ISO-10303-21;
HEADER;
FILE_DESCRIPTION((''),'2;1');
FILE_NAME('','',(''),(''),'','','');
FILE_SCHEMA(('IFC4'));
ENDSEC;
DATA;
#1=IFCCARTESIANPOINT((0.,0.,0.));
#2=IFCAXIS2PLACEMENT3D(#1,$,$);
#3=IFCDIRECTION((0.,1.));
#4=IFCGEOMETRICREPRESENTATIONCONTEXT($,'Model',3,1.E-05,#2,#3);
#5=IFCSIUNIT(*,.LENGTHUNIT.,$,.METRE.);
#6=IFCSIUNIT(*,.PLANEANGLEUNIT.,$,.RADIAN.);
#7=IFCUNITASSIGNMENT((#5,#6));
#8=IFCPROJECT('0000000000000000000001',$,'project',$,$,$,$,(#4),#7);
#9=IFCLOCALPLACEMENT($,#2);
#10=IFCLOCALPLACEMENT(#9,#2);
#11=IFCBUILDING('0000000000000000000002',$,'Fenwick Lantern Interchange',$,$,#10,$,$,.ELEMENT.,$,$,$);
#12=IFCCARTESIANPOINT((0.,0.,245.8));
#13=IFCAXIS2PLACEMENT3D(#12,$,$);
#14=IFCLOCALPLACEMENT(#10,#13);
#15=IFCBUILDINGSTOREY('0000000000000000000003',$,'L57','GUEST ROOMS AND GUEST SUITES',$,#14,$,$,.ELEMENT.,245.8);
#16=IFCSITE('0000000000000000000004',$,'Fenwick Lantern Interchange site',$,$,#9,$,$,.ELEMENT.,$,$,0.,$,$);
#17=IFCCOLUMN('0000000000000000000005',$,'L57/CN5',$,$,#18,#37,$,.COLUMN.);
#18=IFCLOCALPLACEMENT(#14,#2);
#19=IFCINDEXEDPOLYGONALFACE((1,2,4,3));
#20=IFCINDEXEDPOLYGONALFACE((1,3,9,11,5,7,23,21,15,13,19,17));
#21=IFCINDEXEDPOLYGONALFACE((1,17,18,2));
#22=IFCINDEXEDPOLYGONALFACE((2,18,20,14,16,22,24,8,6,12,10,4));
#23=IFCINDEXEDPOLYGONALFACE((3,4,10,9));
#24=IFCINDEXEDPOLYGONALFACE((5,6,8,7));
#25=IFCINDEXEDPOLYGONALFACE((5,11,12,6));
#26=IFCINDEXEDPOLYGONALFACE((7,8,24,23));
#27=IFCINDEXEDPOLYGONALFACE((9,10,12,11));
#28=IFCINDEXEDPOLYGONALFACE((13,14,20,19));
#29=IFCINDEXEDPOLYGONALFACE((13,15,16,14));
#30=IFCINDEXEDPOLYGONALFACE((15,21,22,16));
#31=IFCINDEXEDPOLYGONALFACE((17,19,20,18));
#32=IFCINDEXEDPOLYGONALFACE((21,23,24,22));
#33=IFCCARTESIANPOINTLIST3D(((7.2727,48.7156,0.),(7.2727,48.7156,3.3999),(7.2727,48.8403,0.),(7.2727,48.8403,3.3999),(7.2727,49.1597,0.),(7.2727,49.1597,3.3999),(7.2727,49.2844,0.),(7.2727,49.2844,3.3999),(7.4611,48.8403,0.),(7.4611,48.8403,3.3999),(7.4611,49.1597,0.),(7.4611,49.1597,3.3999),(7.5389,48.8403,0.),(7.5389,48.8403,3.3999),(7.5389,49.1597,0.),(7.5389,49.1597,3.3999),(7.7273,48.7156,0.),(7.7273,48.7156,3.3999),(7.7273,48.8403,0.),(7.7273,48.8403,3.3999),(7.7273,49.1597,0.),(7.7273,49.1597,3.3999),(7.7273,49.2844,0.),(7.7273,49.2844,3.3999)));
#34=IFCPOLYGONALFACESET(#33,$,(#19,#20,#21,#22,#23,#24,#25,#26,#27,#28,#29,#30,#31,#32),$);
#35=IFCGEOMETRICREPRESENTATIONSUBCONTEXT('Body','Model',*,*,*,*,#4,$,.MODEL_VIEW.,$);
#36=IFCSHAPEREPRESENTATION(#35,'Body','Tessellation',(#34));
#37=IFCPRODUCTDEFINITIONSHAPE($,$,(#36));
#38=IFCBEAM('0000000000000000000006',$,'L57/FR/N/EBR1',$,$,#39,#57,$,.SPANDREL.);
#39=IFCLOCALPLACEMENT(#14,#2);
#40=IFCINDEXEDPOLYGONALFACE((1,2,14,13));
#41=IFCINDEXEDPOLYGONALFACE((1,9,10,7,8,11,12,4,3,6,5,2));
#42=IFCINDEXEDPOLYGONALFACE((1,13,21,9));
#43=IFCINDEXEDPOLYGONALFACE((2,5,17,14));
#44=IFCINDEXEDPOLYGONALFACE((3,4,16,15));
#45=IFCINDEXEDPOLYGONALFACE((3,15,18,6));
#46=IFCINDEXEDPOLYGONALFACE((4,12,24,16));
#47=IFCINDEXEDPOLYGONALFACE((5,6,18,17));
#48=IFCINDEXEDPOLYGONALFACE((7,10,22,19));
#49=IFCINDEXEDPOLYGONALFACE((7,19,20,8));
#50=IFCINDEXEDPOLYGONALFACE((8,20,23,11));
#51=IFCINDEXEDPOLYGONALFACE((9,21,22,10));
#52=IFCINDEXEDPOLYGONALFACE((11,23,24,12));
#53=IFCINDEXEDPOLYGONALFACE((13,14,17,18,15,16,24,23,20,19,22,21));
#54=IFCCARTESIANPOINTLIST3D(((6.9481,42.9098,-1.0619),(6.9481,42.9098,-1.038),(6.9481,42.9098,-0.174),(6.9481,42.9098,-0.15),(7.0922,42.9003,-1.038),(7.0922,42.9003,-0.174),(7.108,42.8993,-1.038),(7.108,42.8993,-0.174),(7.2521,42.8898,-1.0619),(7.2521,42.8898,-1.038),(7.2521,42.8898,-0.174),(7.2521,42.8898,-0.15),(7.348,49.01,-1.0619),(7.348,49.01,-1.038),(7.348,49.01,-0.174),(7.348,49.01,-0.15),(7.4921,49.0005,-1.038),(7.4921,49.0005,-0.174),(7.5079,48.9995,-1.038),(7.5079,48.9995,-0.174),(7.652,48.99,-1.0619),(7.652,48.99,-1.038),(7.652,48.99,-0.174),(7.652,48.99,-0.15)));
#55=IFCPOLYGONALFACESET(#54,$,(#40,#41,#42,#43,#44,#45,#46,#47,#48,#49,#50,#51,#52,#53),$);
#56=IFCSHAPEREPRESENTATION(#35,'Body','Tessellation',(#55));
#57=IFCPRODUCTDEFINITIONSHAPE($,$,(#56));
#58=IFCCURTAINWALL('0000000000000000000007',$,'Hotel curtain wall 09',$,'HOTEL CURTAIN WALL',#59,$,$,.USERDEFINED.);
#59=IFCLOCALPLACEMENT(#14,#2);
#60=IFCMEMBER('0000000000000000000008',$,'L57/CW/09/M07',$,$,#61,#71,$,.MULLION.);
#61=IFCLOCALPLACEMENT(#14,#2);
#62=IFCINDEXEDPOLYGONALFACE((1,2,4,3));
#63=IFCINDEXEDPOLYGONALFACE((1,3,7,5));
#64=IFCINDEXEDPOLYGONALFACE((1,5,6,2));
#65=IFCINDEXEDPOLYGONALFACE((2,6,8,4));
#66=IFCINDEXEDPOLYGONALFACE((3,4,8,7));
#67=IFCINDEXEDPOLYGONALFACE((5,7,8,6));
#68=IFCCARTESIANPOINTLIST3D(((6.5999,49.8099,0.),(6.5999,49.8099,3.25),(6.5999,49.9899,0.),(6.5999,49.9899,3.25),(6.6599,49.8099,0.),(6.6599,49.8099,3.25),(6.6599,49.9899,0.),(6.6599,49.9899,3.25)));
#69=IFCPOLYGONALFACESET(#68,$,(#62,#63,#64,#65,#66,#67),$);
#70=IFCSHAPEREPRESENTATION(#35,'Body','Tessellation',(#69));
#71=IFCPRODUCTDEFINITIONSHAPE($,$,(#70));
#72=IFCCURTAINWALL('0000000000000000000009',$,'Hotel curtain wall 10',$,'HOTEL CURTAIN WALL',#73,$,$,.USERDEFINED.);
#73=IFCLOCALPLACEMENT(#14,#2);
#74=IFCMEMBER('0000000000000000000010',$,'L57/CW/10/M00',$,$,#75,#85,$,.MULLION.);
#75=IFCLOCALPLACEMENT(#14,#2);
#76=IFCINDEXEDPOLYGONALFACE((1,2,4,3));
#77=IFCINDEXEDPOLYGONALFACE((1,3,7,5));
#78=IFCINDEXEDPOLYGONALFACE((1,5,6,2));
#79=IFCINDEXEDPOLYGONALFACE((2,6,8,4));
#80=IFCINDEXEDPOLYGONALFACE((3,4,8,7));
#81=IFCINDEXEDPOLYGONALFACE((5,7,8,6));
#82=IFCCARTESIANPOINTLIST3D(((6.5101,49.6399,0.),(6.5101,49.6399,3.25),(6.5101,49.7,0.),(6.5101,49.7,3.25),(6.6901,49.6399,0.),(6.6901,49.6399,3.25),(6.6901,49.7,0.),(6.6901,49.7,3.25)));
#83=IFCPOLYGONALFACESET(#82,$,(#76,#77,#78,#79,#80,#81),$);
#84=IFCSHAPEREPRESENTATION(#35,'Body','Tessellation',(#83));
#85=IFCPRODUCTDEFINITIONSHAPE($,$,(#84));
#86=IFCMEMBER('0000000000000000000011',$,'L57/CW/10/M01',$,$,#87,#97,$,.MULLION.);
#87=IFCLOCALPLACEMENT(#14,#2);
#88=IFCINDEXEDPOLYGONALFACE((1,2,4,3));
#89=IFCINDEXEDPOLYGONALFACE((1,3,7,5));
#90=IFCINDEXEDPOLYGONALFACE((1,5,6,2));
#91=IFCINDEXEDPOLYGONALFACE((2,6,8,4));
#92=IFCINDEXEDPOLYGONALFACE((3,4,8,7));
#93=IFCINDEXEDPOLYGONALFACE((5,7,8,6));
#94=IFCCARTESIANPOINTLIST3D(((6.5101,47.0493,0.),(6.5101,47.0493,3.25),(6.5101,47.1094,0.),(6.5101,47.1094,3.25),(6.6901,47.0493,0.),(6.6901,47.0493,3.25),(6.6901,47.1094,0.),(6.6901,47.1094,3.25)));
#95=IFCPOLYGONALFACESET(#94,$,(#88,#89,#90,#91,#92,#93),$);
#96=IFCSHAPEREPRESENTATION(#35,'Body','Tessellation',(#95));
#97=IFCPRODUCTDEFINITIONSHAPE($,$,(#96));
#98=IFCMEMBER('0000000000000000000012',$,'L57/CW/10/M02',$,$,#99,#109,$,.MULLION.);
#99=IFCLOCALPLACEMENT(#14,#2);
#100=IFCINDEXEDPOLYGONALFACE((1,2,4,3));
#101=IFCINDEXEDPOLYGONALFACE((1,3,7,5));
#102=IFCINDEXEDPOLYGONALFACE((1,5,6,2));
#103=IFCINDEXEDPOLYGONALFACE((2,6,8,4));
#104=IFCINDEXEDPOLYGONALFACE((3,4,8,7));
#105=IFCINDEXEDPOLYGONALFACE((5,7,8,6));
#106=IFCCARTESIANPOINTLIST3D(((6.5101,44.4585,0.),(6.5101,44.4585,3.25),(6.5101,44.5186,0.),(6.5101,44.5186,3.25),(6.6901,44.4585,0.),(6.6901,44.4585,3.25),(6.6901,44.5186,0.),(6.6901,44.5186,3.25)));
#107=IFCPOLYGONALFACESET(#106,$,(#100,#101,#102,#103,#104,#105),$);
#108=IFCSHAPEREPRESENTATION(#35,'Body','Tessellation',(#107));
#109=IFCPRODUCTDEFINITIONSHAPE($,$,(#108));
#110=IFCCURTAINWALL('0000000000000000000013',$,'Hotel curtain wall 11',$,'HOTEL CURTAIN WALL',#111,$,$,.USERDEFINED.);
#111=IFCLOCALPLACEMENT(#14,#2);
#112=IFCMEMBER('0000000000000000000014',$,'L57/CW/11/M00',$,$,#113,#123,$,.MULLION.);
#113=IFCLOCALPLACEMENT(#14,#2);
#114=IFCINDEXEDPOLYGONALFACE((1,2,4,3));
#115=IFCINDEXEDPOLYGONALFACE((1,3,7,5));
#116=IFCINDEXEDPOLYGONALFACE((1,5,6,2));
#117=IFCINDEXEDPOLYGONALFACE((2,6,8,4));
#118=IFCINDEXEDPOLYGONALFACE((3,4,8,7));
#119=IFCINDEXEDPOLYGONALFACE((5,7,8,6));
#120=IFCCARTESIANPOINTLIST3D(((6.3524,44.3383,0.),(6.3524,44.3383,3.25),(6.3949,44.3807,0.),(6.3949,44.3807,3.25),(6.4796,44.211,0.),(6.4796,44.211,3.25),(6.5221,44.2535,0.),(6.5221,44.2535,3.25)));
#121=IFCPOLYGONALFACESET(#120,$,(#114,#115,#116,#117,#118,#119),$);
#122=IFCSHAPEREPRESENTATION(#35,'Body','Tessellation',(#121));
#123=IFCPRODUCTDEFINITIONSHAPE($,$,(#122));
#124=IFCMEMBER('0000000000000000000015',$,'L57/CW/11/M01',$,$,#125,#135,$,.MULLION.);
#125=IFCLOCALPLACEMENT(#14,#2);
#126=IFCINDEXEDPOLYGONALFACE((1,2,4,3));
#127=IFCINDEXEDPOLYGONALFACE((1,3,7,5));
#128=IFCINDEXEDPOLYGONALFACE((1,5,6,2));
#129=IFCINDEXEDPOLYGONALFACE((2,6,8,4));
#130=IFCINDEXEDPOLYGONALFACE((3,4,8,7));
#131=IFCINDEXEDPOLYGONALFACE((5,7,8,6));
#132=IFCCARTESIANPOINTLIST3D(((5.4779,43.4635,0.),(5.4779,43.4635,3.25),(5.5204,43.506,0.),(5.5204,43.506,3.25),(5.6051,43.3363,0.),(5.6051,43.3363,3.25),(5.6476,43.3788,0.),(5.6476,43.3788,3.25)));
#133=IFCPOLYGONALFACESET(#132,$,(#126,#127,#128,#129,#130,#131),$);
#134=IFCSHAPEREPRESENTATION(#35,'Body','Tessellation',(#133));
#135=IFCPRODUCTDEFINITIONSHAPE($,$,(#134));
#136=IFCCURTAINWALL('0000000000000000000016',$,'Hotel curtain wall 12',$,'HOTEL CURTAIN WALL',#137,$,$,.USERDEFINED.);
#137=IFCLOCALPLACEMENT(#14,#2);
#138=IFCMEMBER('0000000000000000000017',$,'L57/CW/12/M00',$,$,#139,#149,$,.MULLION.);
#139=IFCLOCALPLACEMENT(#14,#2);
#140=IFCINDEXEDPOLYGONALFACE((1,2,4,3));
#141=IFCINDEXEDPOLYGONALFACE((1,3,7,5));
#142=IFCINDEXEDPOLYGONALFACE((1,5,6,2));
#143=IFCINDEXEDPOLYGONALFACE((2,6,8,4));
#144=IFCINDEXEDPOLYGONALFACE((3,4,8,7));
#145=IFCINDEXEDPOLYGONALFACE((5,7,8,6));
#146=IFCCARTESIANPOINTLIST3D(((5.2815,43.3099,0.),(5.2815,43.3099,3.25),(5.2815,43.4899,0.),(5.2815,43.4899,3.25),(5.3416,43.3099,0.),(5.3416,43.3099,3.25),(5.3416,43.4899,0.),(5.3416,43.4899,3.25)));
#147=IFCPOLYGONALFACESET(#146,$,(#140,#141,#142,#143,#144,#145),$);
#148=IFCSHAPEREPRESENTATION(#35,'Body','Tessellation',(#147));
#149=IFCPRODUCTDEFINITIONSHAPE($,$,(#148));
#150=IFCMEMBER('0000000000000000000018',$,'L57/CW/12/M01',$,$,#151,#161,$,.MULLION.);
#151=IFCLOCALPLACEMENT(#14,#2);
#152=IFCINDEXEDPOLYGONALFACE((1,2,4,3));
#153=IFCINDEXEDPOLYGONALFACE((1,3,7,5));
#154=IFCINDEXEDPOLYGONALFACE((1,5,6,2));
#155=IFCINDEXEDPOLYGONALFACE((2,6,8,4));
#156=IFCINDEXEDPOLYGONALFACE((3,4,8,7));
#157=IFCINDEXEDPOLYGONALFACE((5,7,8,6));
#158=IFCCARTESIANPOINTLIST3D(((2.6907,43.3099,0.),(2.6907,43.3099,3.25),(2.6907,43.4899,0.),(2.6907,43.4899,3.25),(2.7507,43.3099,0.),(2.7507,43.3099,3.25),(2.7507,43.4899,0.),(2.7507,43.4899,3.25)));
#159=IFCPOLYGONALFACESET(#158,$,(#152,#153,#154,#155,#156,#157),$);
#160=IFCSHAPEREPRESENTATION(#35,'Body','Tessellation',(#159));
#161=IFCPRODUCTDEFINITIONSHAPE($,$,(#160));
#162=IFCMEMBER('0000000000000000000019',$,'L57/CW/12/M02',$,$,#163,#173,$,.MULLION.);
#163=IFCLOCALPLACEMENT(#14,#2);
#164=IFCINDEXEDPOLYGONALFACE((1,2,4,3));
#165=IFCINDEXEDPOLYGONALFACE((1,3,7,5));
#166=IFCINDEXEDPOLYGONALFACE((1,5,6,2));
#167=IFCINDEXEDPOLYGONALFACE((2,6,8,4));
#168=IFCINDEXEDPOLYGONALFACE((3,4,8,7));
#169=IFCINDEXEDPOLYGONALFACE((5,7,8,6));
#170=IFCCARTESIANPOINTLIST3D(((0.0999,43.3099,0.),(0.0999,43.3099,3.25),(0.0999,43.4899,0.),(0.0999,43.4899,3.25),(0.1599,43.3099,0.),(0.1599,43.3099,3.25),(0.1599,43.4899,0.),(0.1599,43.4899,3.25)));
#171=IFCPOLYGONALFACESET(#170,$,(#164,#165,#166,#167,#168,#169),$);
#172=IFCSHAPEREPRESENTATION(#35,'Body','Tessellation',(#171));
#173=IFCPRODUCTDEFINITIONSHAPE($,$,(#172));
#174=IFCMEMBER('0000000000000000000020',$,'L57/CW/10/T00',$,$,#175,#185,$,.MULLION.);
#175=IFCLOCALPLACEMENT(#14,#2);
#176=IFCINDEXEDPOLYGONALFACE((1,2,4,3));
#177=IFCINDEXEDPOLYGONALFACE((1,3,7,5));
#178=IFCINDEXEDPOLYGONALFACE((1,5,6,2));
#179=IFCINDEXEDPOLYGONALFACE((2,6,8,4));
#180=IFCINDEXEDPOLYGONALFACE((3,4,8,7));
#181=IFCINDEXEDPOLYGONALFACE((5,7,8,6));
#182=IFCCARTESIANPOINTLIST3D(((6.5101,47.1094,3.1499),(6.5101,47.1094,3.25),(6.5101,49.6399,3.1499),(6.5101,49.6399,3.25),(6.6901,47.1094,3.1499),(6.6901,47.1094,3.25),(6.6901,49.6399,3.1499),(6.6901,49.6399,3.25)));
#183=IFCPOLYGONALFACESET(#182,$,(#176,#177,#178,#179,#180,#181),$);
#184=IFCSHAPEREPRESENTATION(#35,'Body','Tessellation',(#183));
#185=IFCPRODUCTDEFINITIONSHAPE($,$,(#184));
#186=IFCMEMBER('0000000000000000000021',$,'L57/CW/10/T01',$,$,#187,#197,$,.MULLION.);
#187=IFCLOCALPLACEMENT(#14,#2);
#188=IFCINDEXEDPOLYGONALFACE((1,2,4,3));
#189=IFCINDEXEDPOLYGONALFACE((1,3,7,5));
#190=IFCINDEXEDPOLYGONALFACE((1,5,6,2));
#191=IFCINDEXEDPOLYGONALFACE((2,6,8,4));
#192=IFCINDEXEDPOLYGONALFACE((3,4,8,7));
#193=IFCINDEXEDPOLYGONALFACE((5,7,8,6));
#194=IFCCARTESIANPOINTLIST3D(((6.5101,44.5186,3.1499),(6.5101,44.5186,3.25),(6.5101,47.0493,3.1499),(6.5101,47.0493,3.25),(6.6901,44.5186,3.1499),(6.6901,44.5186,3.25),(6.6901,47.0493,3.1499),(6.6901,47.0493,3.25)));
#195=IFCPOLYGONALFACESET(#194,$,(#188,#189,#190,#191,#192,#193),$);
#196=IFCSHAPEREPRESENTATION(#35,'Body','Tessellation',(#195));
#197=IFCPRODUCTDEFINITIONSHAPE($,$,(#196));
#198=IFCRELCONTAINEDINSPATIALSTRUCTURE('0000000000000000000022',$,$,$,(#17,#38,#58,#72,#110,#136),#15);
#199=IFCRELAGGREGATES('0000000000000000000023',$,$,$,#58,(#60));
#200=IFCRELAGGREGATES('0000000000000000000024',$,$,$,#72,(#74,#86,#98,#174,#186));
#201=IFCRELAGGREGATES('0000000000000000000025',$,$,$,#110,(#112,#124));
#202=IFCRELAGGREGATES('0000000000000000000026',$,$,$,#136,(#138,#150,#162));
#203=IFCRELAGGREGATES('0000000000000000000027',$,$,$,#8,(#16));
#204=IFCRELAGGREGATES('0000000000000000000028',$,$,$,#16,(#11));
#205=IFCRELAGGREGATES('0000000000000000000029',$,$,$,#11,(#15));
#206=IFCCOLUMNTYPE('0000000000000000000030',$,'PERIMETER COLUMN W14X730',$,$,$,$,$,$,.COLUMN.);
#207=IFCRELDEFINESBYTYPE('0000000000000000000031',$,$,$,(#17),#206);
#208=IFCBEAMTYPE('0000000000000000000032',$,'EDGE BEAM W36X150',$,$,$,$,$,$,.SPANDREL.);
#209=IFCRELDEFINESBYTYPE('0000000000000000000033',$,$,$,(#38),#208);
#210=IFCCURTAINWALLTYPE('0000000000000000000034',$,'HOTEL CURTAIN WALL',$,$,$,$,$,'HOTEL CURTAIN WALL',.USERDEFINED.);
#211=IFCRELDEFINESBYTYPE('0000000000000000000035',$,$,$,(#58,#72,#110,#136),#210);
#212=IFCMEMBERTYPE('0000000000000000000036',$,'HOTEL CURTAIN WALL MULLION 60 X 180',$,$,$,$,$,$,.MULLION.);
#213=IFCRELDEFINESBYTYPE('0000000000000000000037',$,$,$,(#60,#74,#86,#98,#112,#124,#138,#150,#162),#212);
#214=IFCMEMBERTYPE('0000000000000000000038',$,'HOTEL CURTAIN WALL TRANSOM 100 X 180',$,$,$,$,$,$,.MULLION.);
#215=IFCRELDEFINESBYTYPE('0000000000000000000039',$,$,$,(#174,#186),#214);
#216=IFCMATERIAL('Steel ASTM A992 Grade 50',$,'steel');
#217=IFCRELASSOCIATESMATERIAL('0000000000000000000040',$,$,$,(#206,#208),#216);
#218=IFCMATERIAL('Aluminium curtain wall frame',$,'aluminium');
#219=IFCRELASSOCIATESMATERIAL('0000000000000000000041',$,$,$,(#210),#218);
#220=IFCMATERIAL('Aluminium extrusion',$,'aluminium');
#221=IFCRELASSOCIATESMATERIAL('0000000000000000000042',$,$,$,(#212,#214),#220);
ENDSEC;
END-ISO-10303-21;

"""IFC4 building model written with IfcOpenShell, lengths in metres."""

from ifc_helpers import new_model, si_unit, direction, frame, origin, origin_2d, place, context, subcontext, project, spatial, rectangle, i_section, extrude, material, material_profile, profile_set, type_object, element, aggregate, save


model = new_model("IFC4")

# Units and contexts
model_context = context("Model", 3, precision=1e-05, world=origin(), true_north=direction((0.0, 1.0)))
body_context = subcontext(model_context, "Body", "Model", "MODEL_VIEW")
ifc_project = project(units=[si_unit("LENGTHUNIT", "METRE"), si_unit("PLANEANGLEUNIT", "RADIAN")], contexts=[model_context])

# Site, building, storey
site_placement = place(None, origin())
site = spatial("IfcSite", under=ifc_project, at=site_placement, Name="Fenwick Lantern Interchange site", CompositionType="ELEMENT", RefElevation=0.0)
building_placement = place(site_placement, origin())
building = spatial("IfcBuilding", under=site, at=building_placement, Name="Fenwick Lantern Interchange", CompositionType="ELEMENT")
storey_placement = place(building_placement, frame((0.0, 0.0, 245.8)))
storey = spatial("IfcBuildingStorey", under=building, at=storey_placement, Name="L57", Description="GUEST ROOMS AND GUEST SUITES", CompositionType="ELEMENT", Elevation=245.8)

# Column
ifc_material_1 = material(Name="Steel ASTM A992 Grade 50", Category="steel")
ifc_material_profile_1 = material_profile(ifc_material_1, i_section(OverallWidth=0.4546, OverallDepth=0.5688, WebThickness=0.0779, FlangeThickness=0.1248, at=origin_2d()), Name="W14X730")
ifc_profile_set_1 = profile_set([ifc_material_profile_1], Name="Steel ASTM A992 Grade 50")
column_type = type_object("IfcColumnType", Name="PERIMETER COLUMN W14X730", PredefinedType="COLUMN", material=ifc_profile_set_1)
column_placement = place(storey_placement, frame((7.5, 49.0, 0.0), z_axis=(0.0, 0.0, 1.0), x_axis=(1.0, 0.0, 0.0)))
element("IfcColumn", 1, at=column_placement, inside=storey, type_object=column_type, Name="L57/CN5", PredefinedType="COLUMN", context=body_context, shape_type="SweptSolid", body=[
    extrude(i_section(OverallWidth=0.4546, OverallDepth=0.5688, WebThickness=0.0779, FlangeThickness=0.1248, at=origin_2d()), origin(), (0.0, 0.0, 1.0), 3.3999),
])

# Beam
ifc_material_profile_2 = material_profile(ifc_material_1, i_section(OverallWidth=0.3047, OverallDepth=0.9119, WebThickness=0.0159, FlangeThickness=0.0239, at=origin_2d()), Name="W36X150")
ifc_profile_set_2 = profile_set([ifc_material_profile_2], Name="Steel ASTM A992 Grade 50")
beam_type = type_object("IfcBeamType", Name="EDGE BEAM W36X150", PredefinedType="SPANDREL", material=ifc_profile_set_2)
beam_placement = place(storey_placement, frame((7.5, 49.0, -0.606), z_axis=(-0.065416, -0.997858, 0.0), x_axis=(0.997858, -0.065416, 0.0)))
element("IfcBeam", 2, at=beam_placement, inside=storey, type_object=beam_type, Name="L57/FR/N/EBR1", PredefinedType="SPANDREL", context=body_context, shape_type="SweptSolid", body=[
    extrude(i_section(OverallWidth=0.3047, OverallDepth=0.9119, WebThickness=0.0159, FlangeThickness=0.0239, at=origin_2d()), origin(), (0.0, 0.0, 1.0), 6.1133),
])

# Curtain wall, member
ifc_material_2 = material(Name="Aluminium curtain wall frame", Category="aluminium")
curtain_wall_type = type_object("IfcCurtainWallType", Name="HOTEL CURTAIN WALL", ElementType="HOTEL CURTAIN WALL", PredefinedType="USERDEFINED", material=ifc_material_2)
curtain_wall_1_placement = place(storey_placement, origin())
curtain_wall_1 = element("IfcCurtainWall", 3, at=curtain_wall_1_placement, inside=storey, type_object=curtain_wall_type, Name="Hotel curtain wall 09", ObjectType="HOTEL CURTAIN WALL", PredefinedType="USERDEFINED")
ifc_material_3 = material(Name="Aluminium extrusion", Category="aluminium")
ifc_material_profile_3 = material_profile(ifc_material_3, rectangle(XDim=0.1799, YDim=0.0601, at=origin_2d()), Name="HOTEL CURTAIN WALL MULLION 60 X 180")
ifc_profile_set_3 = profile_set([ifc_material_profile_3], Name="Aluminium extrusion")
member_type_1 = type_object("IfcMemberType", Name="HOTEL CURTAIN WALL MULLION 60 X 180", PredefinedType="MULLION", material=ifc_profile_set_3)
member_1_placement = place(storey_placement, frame((6.6299, 49.8999, 0.0), z_axis=(0.0, 0.0, 1.0), x_axis=(0.0, -1.0, 0.0)))
member_1 = element("IfcMember", 4, at=member_1_placement, type_object=member_type_1, Name="L57/CW/09/M07", PredefinedType="MULLION", context=body_context, shape_type="SweptSolid", body=[
    extrude(rectangle(XDim=0.1799, YDim=0.0601, at=origin_2d()), origin(), (0.0, 0.0, 1.0), 3.25),
])
aggregate(curtain_wall_1, [member_1])

# Curtain walls, members
curtain_wall_2_placement = place(storey_placement, origin())
curtain_wall_2 = element("IfcCurtainWall", 5, at=curtain_wall_2_placement, inside=storey, type_object=curtain_wall_type, Name="Hotel curtain wall 10", ObjectType="HOTEL CURTAIN WALL", PredefinedType="USERDEFINED")
member_2_placement = place(storey_placement, frame((6.6001, 49.6699, 0.0), z_axis=(0.0, 0.0, 1.0), x_axis=(1.0, 0.0, 0.0)))
member_2 = element("IfcMember", 6, at=member_2_placement, type_object=member_type_1, Name="L57/CW/10/M00", PredefinedType="MULLION", context=body_context, shape_type="SweptSolid", body=[
    extrude(rectangle(XDim=0.1799, YDim=0.0601, at=origin_2d()), origin(), (0.0, 0.0, 1.0), 3.25),
])
member_3_placement = place(storey_placement, frame((6.6001, 47.0793, 0.0), z_axis=(0.0, 0.0, 1.0), x_axis=(1.0, 0.0, 0.0)))
member_3 = element("IfcMember", 7, at=member_3_placement, type_object=member_type_1, Name="L57/CW/10/M01", PredefinedType="MULLION", context=body_context, shape_type="SweptSolid", body=[
    extrude(rectangle(XDim=0.1799, YDim=0.0601, at=origin_2d()), origin(), (0.0, 0.0, 1.0), 3.25),
])
member_4_placement = place(storey_placement, frame((6.6001, 44.4885, 0.0), z_axis=(0.0, 0.0, 1.0), x_axis=(1.0, 0.0, 0.0)))
member_4 = element("IfcMember", 8, at=member_4_placement, type_object=member_type_1, Name="L57/CW/10/M02", PredefinedType="MULLION", context=body_context, shape_type="SweptSolid", body=[
    extrude(rectangle(XDim=0.1799, YDim=0.0601, at=origin_2d()), origin(), (0.0, 0.0, 1.0), 3.25),
])
curtain_wall_3_placement = place(storey_placement, origin())
curtain_wall_3 = element("IfcCurtainWall", 9, at=curtain_wall_3_placement, inside=storey, type_object=curtain_wall_type, Name="Hotel curtain wall 11", ObjectType="HOTEL CURTAIN WALL", PredefinedType="USERDEFINED")
member_5_placement = place(storey_placement, frame((6.4373, 44.2959, 0.0), z_axis=(0.0, 0.0, 1.0), x_axis=(0.707107, -0.707107, 0.0)))
member_5 = element("IfcMember", 10, at=member_5_placement, type_object=member_type_1, Name="L57/CW/11/M00", PredefinedType="MULLION", context=body_context, shape_type="SweptSolid", body=[
    extrude(rectangle(XDim=0.1799, YDim=0.0601, at=origin_2d()), origin(), (0.0, 0.0, 1.0), 3.25),
])
member_6_placement = place(storey_placement, frame((5.5627, 43.4211, 0.0), z_axis=(0.0, 0.0, 1.0), x_axis=(0.707107, -0.707107, 0.0)))
member_6 = element("IfcMember", 11, at=member_6_placement, type_object=member_type_1, Name="L57/CW/11/M01", PredefinedType="MULLION", context=body_context, shape_type="SweptSolid", body=[
    extrude(rectangle(XDim=0.1799, YDim=0.0601, at=origin_2d()), origin(), (0.0, 0.0, 1.0), 3.25),
])
curtain_wall_4_placement = place(storey_placement, origin())
curtain_wall_4 = element("IfcCurtainWall", 12, at=curtain_wall_4_placement, inside=storey, type_object=curtain_wall_type, Name="Hotel curtain wall 12", ObjectType="HOTEL CURTAIN WALL", PredefinedType="USERDEFINED")
member_7_placement = place(storey_placement, frame((5.3115, 43.3999, 0.0), z_axis=(0.0, 0.0, 1.0), x_axis=(0.0, -1.0, 0.0)))
member_7 = element("IfcMember", 13, at=member_7_placement, type_object=member_type_1, Name="L57/CW/12/M00", PredefinedType="MULLION", context=body_context, shape_type="SweptSolid", body=[
    extrude(rectangle(XDim=0.1799, YDim=0.0601, at=origin_2d()), origin(), (0.0, 0.0, 1.0), 3.25),
])
member_8_placement = place(storey_placement, frame((2.7207, 43.3999, 0.0), z_axis=(0.0, 0.0, 1.0), x_axis=(0.0, -1.0, 0.0)))
member_8 = element("IfcMember", 14, at=member_8_placement, type_object=member_type_1, Name="L57/CW/12/M01", PredefinedType="MULLION", context=body_context, shape_type="SweptSolid", body=[
    extrude(rectangle(XDim=0.1799, YDim=0.0601, at=origin_2d()), origin(), (0.0, 0.0, 1.0), 3.25),
])
member_9_placement = place(storey_placement, frame((0.1299, 43.3999, 0.0), z_axis=(0.0, 0.0, 1.0), x_axis=(0.0, -1.0, 0.0)))
member_9 = element("IfcMember", 15, at=member_9_placement, type_object=member_type_1, Name="L57/CW/12/M02", PredefinedType="MULLION", context=body_context, shape_type="SweptSolid", body=[
    extrude(rectangle(XDim=0.1799, YDim=0.0601, at=origin_2d()), origin(), (0.0, 0.0, 1.0), 3.25),
])

# Members
ifc_material_profile_4 = material_profile(ifc_material_3, rectangle(XDim=0.1799, YDim=0.1001, at=origin_2d()), Name="HOTEL CURTAIN WALL TRANSOM 100 X 180")
ifc_profile_set_4 = profile_set([ifc_material_profile_4], Name="Aluminium extrusion")
member_type_2 = type_object("IfcMemberType", Name="HOTEL CURTAIN WALL TRANSOM 100 X 180", PredefinedType="MULLION", material=ifc_profile_set_4)
member_10_placement = place(storey_placement, frame((6.6001, 49.6399, 3.2), z_axis=(0.0, -1.0, 0.0), x_axis=(1.0, 0.0, 0.0)))
member_10 = element("IfcMember", 16, at=member_10_placement, type_object=member_type_2, Name="L57/CW/10/T00", PredefinedType="MULLION", context=body_context, shape_type="SweptSolid", body=[
    extrude(rectangle(XDim=0.1799, YDim=0.1001, at=origin_2d()), origin(), (0.0, 0.0, 1.0), 2.5305),
])
member_11_placement = place(storey_placement, frame((6.6001, 47.0493, 3.2), z_axis=(0.0, -1.0, 0.0), x_axis=(1.0, 0.0, 0.0)))
member_11 = element("IfcMember", 17, at=member_11_placement, type_object=member_type_2, Name="L57/CW/10/T01", PredefinedType="MULLION", context=body_context, shape_type="SweptSolid", body=[
    extrude(rectangle(XDim=0.1799, YDim=0.1001, at=origin_2d()), origin(), (0.0, 0.0, 1.0), 2.5308),
])

aggregate(curtain_wall_2, [member_2, member_3, member_4, member_10, member_11])
aggregate(curtain_wall_3, [member_5, member_6])
aggregate(curtain_wall_4, [member_7, member_8, member_9])

save(model, "model.ifc")
